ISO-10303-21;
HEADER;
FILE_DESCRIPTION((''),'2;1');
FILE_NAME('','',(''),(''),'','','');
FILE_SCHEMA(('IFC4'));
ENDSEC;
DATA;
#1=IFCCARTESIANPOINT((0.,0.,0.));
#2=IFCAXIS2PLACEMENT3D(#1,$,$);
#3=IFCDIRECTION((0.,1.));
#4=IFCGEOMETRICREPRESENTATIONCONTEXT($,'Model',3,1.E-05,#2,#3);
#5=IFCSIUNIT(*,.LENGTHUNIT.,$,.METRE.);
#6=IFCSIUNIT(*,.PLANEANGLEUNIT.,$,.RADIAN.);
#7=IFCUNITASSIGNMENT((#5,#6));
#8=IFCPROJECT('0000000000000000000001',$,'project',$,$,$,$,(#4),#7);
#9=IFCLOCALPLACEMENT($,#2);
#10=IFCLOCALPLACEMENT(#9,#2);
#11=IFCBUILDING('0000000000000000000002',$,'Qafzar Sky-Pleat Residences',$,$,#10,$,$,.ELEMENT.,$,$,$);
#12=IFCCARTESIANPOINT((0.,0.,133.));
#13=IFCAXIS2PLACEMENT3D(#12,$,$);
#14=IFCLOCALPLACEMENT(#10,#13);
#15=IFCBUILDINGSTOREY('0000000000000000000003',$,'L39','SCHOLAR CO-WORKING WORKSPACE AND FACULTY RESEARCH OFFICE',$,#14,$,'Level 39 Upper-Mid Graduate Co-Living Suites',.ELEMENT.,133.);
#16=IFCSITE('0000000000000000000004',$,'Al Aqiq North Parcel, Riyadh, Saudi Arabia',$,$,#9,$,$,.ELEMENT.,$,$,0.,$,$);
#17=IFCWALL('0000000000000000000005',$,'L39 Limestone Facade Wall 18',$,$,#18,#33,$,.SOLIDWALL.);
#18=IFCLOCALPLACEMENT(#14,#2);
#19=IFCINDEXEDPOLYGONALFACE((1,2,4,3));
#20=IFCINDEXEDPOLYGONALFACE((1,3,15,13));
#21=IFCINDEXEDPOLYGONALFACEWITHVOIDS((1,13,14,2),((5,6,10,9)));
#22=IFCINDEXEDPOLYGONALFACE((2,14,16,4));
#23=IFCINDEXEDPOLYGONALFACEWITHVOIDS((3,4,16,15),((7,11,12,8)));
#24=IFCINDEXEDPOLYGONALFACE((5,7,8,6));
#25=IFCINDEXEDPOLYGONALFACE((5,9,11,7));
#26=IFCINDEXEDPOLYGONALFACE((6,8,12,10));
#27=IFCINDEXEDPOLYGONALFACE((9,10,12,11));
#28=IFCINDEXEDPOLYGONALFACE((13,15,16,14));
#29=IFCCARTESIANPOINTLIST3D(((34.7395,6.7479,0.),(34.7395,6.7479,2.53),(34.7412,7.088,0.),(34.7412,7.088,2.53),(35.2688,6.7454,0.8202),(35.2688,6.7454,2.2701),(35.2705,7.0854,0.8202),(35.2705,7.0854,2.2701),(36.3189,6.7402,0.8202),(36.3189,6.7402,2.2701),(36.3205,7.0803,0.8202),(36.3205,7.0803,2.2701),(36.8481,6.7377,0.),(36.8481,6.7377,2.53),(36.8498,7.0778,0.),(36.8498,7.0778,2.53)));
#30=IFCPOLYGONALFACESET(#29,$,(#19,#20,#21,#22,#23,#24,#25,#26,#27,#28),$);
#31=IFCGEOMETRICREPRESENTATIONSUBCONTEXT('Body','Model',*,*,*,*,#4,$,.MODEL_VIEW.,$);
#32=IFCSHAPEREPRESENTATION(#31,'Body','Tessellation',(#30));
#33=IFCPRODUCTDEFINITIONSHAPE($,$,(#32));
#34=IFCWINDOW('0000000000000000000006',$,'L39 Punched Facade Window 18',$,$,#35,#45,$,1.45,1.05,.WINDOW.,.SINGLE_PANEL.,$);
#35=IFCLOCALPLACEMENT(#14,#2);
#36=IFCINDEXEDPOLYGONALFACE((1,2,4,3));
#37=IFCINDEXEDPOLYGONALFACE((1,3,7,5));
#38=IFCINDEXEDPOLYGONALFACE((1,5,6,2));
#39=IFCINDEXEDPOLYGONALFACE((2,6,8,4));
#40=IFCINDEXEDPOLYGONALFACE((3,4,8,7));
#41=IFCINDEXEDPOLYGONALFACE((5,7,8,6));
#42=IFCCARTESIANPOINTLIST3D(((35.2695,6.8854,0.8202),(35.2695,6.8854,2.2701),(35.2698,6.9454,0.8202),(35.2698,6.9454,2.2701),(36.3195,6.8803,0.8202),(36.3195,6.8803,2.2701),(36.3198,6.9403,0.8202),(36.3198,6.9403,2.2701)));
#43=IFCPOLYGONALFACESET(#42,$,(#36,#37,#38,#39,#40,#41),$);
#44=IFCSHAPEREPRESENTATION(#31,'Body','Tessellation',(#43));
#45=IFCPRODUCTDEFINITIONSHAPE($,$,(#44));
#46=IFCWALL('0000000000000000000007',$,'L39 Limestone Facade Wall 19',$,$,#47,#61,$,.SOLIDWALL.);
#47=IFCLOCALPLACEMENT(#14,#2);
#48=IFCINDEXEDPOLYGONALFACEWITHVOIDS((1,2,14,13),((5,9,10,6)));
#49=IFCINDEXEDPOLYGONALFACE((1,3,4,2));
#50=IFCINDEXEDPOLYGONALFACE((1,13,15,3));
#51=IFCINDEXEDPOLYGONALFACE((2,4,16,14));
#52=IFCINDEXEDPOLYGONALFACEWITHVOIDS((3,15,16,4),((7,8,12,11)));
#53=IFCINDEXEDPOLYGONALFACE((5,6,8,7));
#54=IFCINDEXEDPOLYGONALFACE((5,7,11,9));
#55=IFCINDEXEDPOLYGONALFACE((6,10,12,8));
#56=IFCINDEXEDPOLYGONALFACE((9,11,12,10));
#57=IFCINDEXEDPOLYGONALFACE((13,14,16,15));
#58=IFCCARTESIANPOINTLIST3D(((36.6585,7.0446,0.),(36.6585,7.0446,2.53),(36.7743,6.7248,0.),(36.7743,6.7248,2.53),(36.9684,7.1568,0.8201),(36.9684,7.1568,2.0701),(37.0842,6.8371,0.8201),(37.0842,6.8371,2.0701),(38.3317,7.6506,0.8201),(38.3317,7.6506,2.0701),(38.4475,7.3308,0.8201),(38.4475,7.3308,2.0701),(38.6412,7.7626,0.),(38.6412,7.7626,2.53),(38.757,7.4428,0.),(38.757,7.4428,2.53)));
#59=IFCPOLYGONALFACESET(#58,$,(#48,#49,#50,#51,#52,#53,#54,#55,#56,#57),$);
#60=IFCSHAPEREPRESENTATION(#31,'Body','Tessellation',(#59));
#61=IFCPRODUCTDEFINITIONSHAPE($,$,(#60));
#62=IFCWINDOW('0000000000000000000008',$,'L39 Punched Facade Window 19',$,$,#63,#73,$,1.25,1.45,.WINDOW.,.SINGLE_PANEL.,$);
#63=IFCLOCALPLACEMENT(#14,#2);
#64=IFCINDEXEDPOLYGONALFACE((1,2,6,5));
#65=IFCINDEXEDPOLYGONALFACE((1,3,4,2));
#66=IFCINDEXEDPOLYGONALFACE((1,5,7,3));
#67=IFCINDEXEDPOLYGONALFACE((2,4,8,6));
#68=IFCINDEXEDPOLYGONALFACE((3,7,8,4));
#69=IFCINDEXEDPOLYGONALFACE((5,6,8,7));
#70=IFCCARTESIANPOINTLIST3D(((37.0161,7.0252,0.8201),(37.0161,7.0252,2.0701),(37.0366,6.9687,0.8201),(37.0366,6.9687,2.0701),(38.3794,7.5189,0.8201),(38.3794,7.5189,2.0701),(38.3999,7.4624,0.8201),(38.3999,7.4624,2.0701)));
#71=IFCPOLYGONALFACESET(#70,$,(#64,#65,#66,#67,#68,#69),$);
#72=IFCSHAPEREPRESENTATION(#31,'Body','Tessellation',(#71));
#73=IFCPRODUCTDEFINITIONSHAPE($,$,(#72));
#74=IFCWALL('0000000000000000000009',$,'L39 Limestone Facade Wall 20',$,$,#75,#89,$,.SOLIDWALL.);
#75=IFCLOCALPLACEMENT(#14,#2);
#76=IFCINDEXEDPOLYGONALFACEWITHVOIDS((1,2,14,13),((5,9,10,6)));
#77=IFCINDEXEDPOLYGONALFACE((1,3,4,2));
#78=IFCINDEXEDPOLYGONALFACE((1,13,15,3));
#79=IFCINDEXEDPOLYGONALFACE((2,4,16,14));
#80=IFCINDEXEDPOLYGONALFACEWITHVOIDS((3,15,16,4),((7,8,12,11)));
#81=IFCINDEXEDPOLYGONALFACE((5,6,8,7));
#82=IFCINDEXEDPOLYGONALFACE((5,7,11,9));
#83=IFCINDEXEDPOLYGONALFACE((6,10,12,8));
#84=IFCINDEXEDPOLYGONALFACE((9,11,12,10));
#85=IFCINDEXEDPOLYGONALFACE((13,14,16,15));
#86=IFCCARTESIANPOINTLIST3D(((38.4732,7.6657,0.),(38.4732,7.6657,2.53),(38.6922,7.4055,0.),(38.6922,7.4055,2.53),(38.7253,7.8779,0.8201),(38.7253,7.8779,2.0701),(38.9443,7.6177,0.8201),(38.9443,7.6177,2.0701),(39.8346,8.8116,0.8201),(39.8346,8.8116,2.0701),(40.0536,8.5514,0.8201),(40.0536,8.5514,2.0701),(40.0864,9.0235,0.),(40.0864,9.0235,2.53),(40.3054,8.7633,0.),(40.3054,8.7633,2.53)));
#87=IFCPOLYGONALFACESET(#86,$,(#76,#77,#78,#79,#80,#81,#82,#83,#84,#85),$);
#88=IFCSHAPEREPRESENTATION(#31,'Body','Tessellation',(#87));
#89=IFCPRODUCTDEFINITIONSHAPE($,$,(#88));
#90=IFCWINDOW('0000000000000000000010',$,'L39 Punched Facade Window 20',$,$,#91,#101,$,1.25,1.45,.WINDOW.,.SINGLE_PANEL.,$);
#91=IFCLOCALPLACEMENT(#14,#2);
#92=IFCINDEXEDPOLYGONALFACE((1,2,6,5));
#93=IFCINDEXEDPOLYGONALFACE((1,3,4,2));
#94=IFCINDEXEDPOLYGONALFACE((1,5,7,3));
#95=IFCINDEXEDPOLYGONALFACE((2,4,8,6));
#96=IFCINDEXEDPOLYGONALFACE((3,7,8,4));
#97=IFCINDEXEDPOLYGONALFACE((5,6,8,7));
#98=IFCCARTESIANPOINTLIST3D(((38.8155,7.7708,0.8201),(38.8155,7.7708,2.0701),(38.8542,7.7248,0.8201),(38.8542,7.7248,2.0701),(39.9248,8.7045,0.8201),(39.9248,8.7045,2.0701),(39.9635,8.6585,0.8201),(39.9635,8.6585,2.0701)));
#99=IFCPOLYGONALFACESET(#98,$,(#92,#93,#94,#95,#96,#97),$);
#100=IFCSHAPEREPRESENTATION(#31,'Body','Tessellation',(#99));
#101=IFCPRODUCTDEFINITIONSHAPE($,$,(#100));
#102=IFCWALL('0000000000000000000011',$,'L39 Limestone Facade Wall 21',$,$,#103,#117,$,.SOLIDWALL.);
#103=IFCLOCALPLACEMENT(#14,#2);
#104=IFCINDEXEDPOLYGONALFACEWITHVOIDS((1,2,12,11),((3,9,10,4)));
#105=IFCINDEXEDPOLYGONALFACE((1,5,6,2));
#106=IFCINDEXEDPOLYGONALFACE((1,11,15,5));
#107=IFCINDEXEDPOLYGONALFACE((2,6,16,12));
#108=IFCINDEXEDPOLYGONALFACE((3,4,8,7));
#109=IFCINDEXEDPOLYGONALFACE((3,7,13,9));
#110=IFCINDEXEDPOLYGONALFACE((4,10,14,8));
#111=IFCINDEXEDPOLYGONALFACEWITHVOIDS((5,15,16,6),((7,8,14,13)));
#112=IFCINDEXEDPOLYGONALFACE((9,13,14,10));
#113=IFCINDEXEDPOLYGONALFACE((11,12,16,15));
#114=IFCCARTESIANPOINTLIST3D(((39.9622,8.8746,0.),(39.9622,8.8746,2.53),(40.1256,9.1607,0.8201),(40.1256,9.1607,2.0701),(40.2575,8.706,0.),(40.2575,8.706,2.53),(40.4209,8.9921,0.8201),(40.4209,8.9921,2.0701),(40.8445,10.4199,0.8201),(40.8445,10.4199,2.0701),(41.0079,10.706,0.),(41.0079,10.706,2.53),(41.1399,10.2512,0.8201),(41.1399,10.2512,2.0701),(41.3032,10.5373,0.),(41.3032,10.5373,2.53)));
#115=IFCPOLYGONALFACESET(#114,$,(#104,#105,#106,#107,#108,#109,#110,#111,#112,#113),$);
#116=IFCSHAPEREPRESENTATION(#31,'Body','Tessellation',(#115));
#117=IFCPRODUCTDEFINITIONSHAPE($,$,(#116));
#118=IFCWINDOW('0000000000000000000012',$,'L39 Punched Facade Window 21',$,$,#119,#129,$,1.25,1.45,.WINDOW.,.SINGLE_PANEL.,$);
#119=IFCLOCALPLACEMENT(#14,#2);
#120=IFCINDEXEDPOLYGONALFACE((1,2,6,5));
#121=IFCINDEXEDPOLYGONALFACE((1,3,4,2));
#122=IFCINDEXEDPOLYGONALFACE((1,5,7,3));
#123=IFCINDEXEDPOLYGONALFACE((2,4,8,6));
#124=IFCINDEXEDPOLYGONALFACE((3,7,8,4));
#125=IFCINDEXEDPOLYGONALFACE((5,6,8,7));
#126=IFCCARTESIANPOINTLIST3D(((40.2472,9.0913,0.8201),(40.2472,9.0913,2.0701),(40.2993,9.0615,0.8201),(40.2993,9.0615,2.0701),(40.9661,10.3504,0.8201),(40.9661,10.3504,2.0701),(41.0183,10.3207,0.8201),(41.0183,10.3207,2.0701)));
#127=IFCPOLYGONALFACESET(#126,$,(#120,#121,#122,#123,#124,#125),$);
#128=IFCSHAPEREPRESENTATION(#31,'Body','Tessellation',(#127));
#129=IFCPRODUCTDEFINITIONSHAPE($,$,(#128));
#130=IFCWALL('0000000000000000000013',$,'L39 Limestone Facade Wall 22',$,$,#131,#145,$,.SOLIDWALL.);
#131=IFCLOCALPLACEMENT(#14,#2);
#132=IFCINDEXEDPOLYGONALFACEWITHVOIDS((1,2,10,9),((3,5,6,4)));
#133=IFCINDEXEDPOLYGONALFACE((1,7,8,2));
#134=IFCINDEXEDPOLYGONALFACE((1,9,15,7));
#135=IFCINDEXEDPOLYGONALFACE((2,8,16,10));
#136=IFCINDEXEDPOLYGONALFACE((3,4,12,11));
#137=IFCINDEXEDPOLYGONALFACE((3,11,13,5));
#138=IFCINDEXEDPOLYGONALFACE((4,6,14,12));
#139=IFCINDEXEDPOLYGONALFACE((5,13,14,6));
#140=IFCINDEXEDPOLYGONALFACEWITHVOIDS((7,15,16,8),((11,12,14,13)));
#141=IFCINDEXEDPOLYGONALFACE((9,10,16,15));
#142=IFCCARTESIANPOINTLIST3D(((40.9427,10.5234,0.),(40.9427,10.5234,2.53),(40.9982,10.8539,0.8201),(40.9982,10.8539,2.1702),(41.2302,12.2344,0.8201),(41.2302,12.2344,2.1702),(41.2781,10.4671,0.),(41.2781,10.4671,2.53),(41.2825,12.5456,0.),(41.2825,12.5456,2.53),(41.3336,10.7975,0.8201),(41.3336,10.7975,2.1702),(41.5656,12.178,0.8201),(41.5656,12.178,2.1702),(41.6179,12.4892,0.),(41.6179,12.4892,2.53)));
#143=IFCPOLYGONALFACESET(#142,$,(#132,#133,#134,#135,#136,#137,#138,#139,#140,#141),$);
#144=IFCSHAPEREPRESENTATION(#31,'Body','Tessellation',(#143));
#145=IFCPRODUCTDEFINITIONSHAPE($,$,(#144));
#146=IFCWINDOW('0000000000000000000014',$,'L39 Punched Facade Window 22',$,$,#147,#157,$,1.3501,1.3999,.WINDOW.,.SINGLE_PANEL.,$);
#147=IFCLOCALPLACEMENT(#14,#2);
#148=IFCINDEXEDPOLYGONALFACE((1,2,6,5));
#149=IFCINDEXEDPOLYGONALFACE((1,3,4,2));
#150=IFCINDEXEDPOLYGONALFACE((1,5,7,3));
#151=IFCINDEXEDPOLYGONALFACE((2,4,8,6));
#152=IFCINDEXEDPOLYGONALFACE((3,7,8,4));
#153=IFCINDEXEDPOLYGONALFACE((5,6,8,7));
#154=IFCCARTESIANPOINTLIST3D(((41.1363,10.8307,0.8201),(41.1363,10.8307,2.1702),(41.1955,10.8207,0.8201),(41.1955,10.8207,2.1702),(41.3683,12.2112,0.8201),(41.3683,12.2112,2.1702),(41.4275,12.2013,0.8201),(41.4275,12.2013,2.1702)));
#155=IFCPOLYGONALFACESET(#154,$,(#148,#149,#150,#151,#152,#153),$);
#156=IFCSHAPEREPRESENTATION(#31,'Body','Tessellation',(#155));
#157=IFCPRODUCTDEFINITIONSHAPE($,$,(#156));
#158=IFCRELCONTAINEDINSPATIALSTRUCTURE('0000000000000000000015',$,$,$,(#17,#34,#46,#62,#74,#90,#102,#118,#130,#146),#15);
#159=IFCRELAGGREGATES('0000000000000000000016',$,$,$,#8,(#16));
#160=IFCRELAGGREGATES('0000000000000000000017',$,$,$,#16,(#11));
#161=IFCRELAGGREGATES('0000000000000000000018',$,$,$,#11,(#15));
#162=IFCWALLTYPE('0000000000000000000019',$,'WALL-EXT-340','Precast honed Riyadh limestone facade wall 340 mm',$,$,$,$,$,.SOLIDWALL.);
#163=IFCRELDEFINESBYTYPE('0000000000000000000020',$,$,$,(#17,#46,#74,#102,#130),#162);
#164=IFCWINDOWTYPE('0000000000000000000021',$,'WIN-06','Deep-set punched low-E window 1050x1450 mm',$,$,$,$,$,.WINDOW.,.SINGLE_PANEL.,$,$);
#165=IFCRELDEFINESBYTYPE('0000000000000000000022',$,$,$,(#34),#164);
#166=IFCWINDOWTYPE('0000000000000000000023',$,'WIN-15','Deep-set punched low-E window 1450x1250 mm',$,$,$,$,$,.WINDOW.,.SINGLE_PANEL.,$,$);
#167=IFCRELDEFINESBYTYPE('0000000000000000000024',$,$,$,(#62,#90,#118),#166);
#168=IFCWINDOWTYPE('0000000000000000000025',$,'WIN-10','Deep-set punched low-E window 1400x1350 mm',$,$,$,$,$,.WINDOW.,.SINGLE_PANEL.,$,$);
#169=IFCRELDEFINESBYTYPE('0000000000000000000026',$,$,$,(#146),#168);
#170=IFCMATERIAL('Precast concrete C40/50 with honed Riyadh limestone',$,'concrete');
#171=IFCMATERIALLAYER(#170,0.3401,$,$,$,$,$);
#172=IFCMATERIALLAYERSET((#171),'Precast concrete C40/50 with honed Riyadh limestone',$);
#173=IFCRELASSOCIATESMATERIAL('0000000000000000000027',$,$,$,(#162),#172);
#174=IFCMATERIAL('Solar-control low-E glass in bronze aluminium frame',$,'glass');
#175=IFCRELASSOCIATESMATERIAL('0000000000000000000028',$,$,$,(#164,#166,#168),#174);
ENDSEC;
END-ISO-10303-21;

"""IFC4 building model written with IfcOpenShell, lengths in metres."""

from ifc_helpers import new_model, si_unit, direction, frame, frame_2d, origin, place, context, subcontext, project, spatial, rectangle, extrude, source, transform, mapped, material, layer, layer_set, type_object, element, fill, save


model = new_model("IFC4")

# Units and contexts
model_context = context("Model", 3, precision=1e-05, world=origin(), true_north=direction((0.0, 1.0)))
body_context = subcontext(model_context, "Body", "Model", "MODEL_VIEW")
ifc_project = project(units=[si_unit("LENGTHUNIT", "METRE"), si_unit("PLANEANGLEUNIT", "RADIAN")], contexts=[model_context])

# Site, building, storey
site_placement = place(None, origin())
site = spatial("IfcSite", under=ifc_project, at=site_placement, Name="Al Aqiq North Parcel, Riyadh, Saudi Arabia", CompositionType="ELEMENT", RefElevation=0.0)
building_placement = place(site_placement, origin())
building = spatial("IfcBuilding", under=site, at=building_placement, Name="Qafzar Sky-Pleat Residences", CompositionType="ELEMENT")
storey_placement = place(building_placement, frame((0.0, 0.0, 133.0)))
storey = spatial("IfcBuildingStorey", under=building, at=storey_placement, Name="L39", Description="SCHOLAR CO-WORKING WORKSPACE AND FACULTY RESEARCH OFFICE", LongName="Level 39 Upper-Mid Graduate Co-Living Suites", CompositionType="ELEMENT", Elevation=133.0)

# Walls, openings, windows
ifc_material_1 = material(Name="Precast concrete C40/50 with honed Riyadh limestone", Category="concrete")
ifc_layer_1 = layer(ifc_material_1, 0.3401)
ifc_layer_set_1 = layer_set([ifc_layer_1], Name="Precast concrete C40/50 with honed Riyadh limestone")
wall_type = type_object("IfcWallType", Name="WALL-EXT-340", Description="Precast honed Riyadh limestone facade wall 340 mm", PredefinedType="SOLIDWALL", material=ifc_layer_set_1)
wall_1_placement = place(storey_placement, frame((34.7405, 6.918, 0.0), z_axis=(0.0, 0.0, 1.0), x_axis=(0.999988, -0.004863, 0.0)))
wall_1 = element("IfcWall", 1, at=wall_1_placement, inside=storey, type_object=wall_type, Name="L39 Limestone Facade Wall 18", PredefinedType="SOLIDWALL", context=body_context, shape_type="SweptSolid", body=[
    extrude(rectangle(XDim=2.1086, YDim=0.3401, at=frame_2d((1.0542, 0.0))), origin(), (0.0, 0.0, 1.0), 2.53),
])
opening_1_placement = place(wall_1_placement, frame((0.5293, 0.0, 0.8201)))
opening_1 = element("IfcOpeningElement", 2, at=opening_1_placement, cuts=wall_1, PredefinedType="OPENING", context=body_context, shape_type="SweptSolid", body=[
    extrude(rectangle(XDim=1.05, YDim=1.45, at=frame_2d((0.5249, 0.7251))), frame((0.0, 0.1802, 0.0), z_axis=(0.0, -1.0, 0.0), x_axis=(1.0, 0.0, 0.0)), (0.0, 0.0, 1.0), 0.3601),
])
ifc_material_2 = material(Name="Solar-control low-E glass in bronze aluminium frame", Category="glass")
window_type_1 = type_object("IfcWindowType", Name="WIN-06", Description="Deep-set punched low-E window 1050x1450 mm", PartitioningType="SINGLE_PANEL", PredefinedType="WINDOW", material=ifc_material_2)
shared_shape_1 = source(origin(), body_context, "Body", "SweptSolid", [
    extrude(rectangle(XDim=1.05, YDim=1.45, at=frame_2d((0.5249, 0.7251))), frame((0.0, 0.03, 0.0), z_axis=(0.0, -1.0, 0.0), x_axis=(1.0, 0.0, 0.0)), (0.0, 0.0, 1.0), 0.0601),
])
window_1_placement = place(opening_1_placement, origin())
window_1 = element("IfcWindow", 3, at=window_1_placement, inside=storey, type_object=window_type_1, Name="L39 Punched Facade Window 18", OverallHeight=1.45, OverallWidth=1.05, PartitioningType="SINGLE_PANEL", PredefinedType="WINDOW", context=body_context, shape_type="MappedRepresentation", body=[
    mapped(shared_shape_1, transform((0.0, 0.0, 0.0), x_axis=(1.0, 0.0, 0.0), y_axis=(0.0, 1.0, 0.0), z_axis=(0.0, 0.0, 1.0), scale=1.0)),
])
fill(opening_1, window_1)
wall_2_placement = place(storey_placement, frame((36.7166, 6.8848, 0.0), z_axis=(0.0, 0.0, 1.0), x_axis=(0.940242, 0.340506, 0.0)))
wall_2 = element("IfcWall", 4, at=wall_2_placement, inside=storey, type_object=wall_type, Name="L39 Limestone Facade Wall 19", PredefinedType="SOLIDWALL", context=body_context, shape_type="SweptSolid", body=[
    extrude(rectangle(XDim=2.1086, YDim=0.3401, at=frame_2d((1.0542, 0.0))), origin(), (0.0, 0.0, 1.0), 2.53),
])
opening_2_placement = place(wall_2_placement, frame((0.3293, 0.0, 0.8201)))
opening_2 = element("IfcOpeningElement", 5, at=opening_2_placement, cuts=wall_2, PredefinedType="OPENING", context=body_context, shape_type="SweptSolid", body=[
    extrude(rectangle(XDim=1.45, YDim=1.25, at=frame_2d((0.7251, 0.625))), frame((0.0, 0.1802, 0.0), z_axis=(0.0, -1.0, 0.0), x_axis=(1.0, 0.0, 0.0)), (0.0, 0.0, 1.0), 0.3601),
])
window_type_2 = type_object("IfcWindowType", Name="WIN-15", Description="Deep-set punched low-E window 1450x1250 mm", PartitioningType="SINGLE_PANEL", PredefinedType="WINDOW", material=ifc_material_2)
shared_shape_2 = source(origin(), body_context, "Body", "SweptSolid", [
    extrude(rectangle(XDim=1.45, YDim=1.25, at=frame_2d((0.7251, 0.625))), frame((0.0, 0.03, 0.0), z_axis=(0.0, -1.0, 0.0), x_axis=(1.0, 0.0, 0.0)), (0.0, 0.0, 1.0), 0.0601),
])
window_2_placement = place(opening_2_placement, origin())
window_2 = element("IfcWindow", 6, at=window_2_placement, inside=storey, type_object=window_type_2, Name="L39 Punched Facade Window 19", OverallHeight=1.25, OverallWidth=1.45, PartitioningType="SINGLE_PANEL", PredefinedType="WINDOW", context=body_context, shape_type="MappedRepresentation", body=[
    mapped(shared_shape_2, transform((0.0, 0.0, 0.0), x_axis=(1.0, 0.0, 0.0), y_axis=(0.0, 1.0, 0.0), z_axis=(0.0, 0.0, 1.0), scale=1.0)),
])
fill(opening_2, window_2)
wall_3_placement = place(storey_placement, frame((38.5828, 7.5356, 0.0), z_axis=(0.0, 0.0, 1.0), x_axis=(0.765061, 0.643957, 0.0)))
wall_3 = element("IfcWall", 7, at=wall_3_placement, inside=storey, type_object=wall_type, Name="L39 Limestone Facade Wall 20", PredefinedType="SOLIDWALL", context=body_context, shape_type="SweptSolid", body=[
    extrude(rectangle(XDim=2.1086, YDim=0.3401, at=frame_2d((1.0542, 0.0))), origin(), (0.0, 0.0, 1.0), 2.53),
])
opening_3_placement = place(wall_3_placement, frame((0.3293, 0.0, 0.8201)))
opening_3 = element("IfcOpeningElement", 8, at=opening_3_placement, cuts=wall_3, PredefinedType="OPENING", context=body_context, shape_type="SweptSolid", body=[
    extrude(rectangle(XDim=1.45, YDim=1.25, at=frame_2d((0.7251, 0.625))), frame((0.0, 0.1802, 0.0), z_axis=(0.0, -1.0, 0.0), x_axis=(1.0, 0.0, 0.0)), (0.0, 0.0, 1.0), 0.3601),
])
window_3_placement = place(opening_3_placement, origin())
window_3 = element("IfcWindow", 9, at=window_3_placement, inside=storey, type_object=window_type_2, Name="L39 Punched Facade Window 20", OverallHeight=1.25, OverallWidth=1.45, PartitioningType="SINGLE_PANEL", PredefinedType="WINDOW", context=body_context, shape_type="MappedRepresentation", body=[
    mapped(shared_shape_2, transform((0.0, 0.0, 0.0), x_axis=(1.0, 0.0, 0.0), y_axis=(0.0, 1.0, 0.0), z_axis=(0.0, 0.0, 1.0), scale=1.0)),
])
fill(opening_3, window_3)
wall_4_placement = place(storey_placement, frame((40.1099, 8.7903, 0.0), z_axis=(0.0, 0.0, 1.0), x_axis=(0.495852, 0.868407, 0.0)))
wall_4 = element("IfcWall", 10, at=wall_4_placement, inside=storey, type_object=wall_type, Name="L39 Limestone Facade Wall 21", PredefinedType="SOLIDWALL", context=body_context, shape_type="SweptSolid", body=[
    extrude(rectangle(XDim=2.1089, YDim=0.3401, at=frame_2d((1.0544, 0.0))), origin(), (0.0, 0.0, 1.0), 2.53),
])
opening_4_placement = place(wall_4_placement, frame((0.3293, 0.0, 0.8201)))
opening_4 = element("IfcOpeningElement", 11, at=opening_4_placement, cuts=wall_4, PredefinedType="OPENING", context=body_context, shape_type="SweptSolid", body=[
    extrude(rectangle(XDim=1.45, YDim=1.25, at=frame_2d((0.7251, 0.625))), frame((0.0, 0.1802, 0.0), z_axis=(0.0, -1.0, 0.0), x_axis=(1.0, 0.0, 0.0)), (0.0, 0.0, 1.0), 0.3601),
])
window_4_placement = place(opening_4_placement, origin())
window_4 = element("IfcWindow", 12, at=window_4_placement, inside=storey, type_object=window_type_2, Name="L39 Punched Facade Window 21", OverallHeight=1.25, OverallWidth=1.45, PartitioningType="SINGLE_PANEL", PredefinedType="WINDOW", context=body_context, shape_type="MappedRepresentation", body=[
    mapped(shared_shape_2, transform((0.0, 0.0, 0.0), x_axis=(1.0, 0.0, 0.0), y_axis=(0.0, 1.0, 0.0), z_axis=(0.0, 0.0, 1.0), scale=1.0)),
])
fill(opening_4, window_4)
wall_5_placement = place(storey_placement, frame((41.1104, 10.4951, 0.0), z_axis=(0.0, 0.0, 1.0), x_axis=(0.165731, 0.986171, 0.0)))
wall_5 = element("IfcWall", 13, at=wall_5_placement, inside=storey, type_object=wall_type, Name="L39 Limestone Facade Wall 22", PredefinedType="SOLIDWALL", context=body_context, shape_type="SweptSolid", body=[
    extrude(rectangle(XDim=2.0505, YDim=0.3401, at=frame_2d((1.0254, 0.0))), origin(), (0.0, 0.0, 1.0), 2.53),
])
opening_5_placement = place(wall_5_placement, frame((0.3352, 0.0, 0.8201)))
opening_5 = element("IfcOpeningElement", 14, at=opening_5_placement, cuts=wall_5, PredefinedType="OPENING", context=body_context, shape_type="SweptSolid", body=[
    extrude(rectangle(XDim=1.3999, YDim=1.3501, at=frame_2d((0.7, 0.675))), frame((0.0, 0.1802, 0.0), z_axis=(0.0, -1.0, 0.0), x_axis=(1.0, 0.0, 0.0)), (0.0, 0.0, 1.0), 0.3601),
])
window_type_3 = type_object("IfcWindowType", Name="WIN-10", Description="Deep-set punched low-E window 1400x1350 mm", PartitioningType="SINGLE_PANEL", PredefinedType="WINDOW", material=ifc_material_2)
shared_shape_3 = source(origin(), body_context, "Body", "SweptSolid", [
    extrude(rectangle(XDim=1.3999, YDim=1.3501, at=frame_2d((0.7, 0.675))), frame((0.0, 0.03, 0.0), z_axis=(0.0, -1.0, 0.0), x_axis=(1.0, 0.0, 0.0)), (0.0, 0.0, 1.0), 0.0601),
])
window_5_placement = place(opening_5_placement, origin())
window_5 = element("IfcWindow", 15, at=window_5_placement, inside=storey, type_object=window_type_3, Name="L39 Punched Facade Window 22", OverallHeight=1.3501, OverallWidth=1.3999, PartitioningType="SINGLE_PANEL", PredefinedType="WINDOW", context=body_context, shape_type="MappedRepresentation", body=[
    mapped(shared_shape_3, transform((0.0, 0.0, 0.0), x_axis=(1.0, 0.0, 0.0), y_axis=(0.0, 1.0, 0.0), z_axis=(0.0, 0.0, 1.0), scale=1.0)),
])
fill(opening_5, window_5)

save(model, "model.ifc")
